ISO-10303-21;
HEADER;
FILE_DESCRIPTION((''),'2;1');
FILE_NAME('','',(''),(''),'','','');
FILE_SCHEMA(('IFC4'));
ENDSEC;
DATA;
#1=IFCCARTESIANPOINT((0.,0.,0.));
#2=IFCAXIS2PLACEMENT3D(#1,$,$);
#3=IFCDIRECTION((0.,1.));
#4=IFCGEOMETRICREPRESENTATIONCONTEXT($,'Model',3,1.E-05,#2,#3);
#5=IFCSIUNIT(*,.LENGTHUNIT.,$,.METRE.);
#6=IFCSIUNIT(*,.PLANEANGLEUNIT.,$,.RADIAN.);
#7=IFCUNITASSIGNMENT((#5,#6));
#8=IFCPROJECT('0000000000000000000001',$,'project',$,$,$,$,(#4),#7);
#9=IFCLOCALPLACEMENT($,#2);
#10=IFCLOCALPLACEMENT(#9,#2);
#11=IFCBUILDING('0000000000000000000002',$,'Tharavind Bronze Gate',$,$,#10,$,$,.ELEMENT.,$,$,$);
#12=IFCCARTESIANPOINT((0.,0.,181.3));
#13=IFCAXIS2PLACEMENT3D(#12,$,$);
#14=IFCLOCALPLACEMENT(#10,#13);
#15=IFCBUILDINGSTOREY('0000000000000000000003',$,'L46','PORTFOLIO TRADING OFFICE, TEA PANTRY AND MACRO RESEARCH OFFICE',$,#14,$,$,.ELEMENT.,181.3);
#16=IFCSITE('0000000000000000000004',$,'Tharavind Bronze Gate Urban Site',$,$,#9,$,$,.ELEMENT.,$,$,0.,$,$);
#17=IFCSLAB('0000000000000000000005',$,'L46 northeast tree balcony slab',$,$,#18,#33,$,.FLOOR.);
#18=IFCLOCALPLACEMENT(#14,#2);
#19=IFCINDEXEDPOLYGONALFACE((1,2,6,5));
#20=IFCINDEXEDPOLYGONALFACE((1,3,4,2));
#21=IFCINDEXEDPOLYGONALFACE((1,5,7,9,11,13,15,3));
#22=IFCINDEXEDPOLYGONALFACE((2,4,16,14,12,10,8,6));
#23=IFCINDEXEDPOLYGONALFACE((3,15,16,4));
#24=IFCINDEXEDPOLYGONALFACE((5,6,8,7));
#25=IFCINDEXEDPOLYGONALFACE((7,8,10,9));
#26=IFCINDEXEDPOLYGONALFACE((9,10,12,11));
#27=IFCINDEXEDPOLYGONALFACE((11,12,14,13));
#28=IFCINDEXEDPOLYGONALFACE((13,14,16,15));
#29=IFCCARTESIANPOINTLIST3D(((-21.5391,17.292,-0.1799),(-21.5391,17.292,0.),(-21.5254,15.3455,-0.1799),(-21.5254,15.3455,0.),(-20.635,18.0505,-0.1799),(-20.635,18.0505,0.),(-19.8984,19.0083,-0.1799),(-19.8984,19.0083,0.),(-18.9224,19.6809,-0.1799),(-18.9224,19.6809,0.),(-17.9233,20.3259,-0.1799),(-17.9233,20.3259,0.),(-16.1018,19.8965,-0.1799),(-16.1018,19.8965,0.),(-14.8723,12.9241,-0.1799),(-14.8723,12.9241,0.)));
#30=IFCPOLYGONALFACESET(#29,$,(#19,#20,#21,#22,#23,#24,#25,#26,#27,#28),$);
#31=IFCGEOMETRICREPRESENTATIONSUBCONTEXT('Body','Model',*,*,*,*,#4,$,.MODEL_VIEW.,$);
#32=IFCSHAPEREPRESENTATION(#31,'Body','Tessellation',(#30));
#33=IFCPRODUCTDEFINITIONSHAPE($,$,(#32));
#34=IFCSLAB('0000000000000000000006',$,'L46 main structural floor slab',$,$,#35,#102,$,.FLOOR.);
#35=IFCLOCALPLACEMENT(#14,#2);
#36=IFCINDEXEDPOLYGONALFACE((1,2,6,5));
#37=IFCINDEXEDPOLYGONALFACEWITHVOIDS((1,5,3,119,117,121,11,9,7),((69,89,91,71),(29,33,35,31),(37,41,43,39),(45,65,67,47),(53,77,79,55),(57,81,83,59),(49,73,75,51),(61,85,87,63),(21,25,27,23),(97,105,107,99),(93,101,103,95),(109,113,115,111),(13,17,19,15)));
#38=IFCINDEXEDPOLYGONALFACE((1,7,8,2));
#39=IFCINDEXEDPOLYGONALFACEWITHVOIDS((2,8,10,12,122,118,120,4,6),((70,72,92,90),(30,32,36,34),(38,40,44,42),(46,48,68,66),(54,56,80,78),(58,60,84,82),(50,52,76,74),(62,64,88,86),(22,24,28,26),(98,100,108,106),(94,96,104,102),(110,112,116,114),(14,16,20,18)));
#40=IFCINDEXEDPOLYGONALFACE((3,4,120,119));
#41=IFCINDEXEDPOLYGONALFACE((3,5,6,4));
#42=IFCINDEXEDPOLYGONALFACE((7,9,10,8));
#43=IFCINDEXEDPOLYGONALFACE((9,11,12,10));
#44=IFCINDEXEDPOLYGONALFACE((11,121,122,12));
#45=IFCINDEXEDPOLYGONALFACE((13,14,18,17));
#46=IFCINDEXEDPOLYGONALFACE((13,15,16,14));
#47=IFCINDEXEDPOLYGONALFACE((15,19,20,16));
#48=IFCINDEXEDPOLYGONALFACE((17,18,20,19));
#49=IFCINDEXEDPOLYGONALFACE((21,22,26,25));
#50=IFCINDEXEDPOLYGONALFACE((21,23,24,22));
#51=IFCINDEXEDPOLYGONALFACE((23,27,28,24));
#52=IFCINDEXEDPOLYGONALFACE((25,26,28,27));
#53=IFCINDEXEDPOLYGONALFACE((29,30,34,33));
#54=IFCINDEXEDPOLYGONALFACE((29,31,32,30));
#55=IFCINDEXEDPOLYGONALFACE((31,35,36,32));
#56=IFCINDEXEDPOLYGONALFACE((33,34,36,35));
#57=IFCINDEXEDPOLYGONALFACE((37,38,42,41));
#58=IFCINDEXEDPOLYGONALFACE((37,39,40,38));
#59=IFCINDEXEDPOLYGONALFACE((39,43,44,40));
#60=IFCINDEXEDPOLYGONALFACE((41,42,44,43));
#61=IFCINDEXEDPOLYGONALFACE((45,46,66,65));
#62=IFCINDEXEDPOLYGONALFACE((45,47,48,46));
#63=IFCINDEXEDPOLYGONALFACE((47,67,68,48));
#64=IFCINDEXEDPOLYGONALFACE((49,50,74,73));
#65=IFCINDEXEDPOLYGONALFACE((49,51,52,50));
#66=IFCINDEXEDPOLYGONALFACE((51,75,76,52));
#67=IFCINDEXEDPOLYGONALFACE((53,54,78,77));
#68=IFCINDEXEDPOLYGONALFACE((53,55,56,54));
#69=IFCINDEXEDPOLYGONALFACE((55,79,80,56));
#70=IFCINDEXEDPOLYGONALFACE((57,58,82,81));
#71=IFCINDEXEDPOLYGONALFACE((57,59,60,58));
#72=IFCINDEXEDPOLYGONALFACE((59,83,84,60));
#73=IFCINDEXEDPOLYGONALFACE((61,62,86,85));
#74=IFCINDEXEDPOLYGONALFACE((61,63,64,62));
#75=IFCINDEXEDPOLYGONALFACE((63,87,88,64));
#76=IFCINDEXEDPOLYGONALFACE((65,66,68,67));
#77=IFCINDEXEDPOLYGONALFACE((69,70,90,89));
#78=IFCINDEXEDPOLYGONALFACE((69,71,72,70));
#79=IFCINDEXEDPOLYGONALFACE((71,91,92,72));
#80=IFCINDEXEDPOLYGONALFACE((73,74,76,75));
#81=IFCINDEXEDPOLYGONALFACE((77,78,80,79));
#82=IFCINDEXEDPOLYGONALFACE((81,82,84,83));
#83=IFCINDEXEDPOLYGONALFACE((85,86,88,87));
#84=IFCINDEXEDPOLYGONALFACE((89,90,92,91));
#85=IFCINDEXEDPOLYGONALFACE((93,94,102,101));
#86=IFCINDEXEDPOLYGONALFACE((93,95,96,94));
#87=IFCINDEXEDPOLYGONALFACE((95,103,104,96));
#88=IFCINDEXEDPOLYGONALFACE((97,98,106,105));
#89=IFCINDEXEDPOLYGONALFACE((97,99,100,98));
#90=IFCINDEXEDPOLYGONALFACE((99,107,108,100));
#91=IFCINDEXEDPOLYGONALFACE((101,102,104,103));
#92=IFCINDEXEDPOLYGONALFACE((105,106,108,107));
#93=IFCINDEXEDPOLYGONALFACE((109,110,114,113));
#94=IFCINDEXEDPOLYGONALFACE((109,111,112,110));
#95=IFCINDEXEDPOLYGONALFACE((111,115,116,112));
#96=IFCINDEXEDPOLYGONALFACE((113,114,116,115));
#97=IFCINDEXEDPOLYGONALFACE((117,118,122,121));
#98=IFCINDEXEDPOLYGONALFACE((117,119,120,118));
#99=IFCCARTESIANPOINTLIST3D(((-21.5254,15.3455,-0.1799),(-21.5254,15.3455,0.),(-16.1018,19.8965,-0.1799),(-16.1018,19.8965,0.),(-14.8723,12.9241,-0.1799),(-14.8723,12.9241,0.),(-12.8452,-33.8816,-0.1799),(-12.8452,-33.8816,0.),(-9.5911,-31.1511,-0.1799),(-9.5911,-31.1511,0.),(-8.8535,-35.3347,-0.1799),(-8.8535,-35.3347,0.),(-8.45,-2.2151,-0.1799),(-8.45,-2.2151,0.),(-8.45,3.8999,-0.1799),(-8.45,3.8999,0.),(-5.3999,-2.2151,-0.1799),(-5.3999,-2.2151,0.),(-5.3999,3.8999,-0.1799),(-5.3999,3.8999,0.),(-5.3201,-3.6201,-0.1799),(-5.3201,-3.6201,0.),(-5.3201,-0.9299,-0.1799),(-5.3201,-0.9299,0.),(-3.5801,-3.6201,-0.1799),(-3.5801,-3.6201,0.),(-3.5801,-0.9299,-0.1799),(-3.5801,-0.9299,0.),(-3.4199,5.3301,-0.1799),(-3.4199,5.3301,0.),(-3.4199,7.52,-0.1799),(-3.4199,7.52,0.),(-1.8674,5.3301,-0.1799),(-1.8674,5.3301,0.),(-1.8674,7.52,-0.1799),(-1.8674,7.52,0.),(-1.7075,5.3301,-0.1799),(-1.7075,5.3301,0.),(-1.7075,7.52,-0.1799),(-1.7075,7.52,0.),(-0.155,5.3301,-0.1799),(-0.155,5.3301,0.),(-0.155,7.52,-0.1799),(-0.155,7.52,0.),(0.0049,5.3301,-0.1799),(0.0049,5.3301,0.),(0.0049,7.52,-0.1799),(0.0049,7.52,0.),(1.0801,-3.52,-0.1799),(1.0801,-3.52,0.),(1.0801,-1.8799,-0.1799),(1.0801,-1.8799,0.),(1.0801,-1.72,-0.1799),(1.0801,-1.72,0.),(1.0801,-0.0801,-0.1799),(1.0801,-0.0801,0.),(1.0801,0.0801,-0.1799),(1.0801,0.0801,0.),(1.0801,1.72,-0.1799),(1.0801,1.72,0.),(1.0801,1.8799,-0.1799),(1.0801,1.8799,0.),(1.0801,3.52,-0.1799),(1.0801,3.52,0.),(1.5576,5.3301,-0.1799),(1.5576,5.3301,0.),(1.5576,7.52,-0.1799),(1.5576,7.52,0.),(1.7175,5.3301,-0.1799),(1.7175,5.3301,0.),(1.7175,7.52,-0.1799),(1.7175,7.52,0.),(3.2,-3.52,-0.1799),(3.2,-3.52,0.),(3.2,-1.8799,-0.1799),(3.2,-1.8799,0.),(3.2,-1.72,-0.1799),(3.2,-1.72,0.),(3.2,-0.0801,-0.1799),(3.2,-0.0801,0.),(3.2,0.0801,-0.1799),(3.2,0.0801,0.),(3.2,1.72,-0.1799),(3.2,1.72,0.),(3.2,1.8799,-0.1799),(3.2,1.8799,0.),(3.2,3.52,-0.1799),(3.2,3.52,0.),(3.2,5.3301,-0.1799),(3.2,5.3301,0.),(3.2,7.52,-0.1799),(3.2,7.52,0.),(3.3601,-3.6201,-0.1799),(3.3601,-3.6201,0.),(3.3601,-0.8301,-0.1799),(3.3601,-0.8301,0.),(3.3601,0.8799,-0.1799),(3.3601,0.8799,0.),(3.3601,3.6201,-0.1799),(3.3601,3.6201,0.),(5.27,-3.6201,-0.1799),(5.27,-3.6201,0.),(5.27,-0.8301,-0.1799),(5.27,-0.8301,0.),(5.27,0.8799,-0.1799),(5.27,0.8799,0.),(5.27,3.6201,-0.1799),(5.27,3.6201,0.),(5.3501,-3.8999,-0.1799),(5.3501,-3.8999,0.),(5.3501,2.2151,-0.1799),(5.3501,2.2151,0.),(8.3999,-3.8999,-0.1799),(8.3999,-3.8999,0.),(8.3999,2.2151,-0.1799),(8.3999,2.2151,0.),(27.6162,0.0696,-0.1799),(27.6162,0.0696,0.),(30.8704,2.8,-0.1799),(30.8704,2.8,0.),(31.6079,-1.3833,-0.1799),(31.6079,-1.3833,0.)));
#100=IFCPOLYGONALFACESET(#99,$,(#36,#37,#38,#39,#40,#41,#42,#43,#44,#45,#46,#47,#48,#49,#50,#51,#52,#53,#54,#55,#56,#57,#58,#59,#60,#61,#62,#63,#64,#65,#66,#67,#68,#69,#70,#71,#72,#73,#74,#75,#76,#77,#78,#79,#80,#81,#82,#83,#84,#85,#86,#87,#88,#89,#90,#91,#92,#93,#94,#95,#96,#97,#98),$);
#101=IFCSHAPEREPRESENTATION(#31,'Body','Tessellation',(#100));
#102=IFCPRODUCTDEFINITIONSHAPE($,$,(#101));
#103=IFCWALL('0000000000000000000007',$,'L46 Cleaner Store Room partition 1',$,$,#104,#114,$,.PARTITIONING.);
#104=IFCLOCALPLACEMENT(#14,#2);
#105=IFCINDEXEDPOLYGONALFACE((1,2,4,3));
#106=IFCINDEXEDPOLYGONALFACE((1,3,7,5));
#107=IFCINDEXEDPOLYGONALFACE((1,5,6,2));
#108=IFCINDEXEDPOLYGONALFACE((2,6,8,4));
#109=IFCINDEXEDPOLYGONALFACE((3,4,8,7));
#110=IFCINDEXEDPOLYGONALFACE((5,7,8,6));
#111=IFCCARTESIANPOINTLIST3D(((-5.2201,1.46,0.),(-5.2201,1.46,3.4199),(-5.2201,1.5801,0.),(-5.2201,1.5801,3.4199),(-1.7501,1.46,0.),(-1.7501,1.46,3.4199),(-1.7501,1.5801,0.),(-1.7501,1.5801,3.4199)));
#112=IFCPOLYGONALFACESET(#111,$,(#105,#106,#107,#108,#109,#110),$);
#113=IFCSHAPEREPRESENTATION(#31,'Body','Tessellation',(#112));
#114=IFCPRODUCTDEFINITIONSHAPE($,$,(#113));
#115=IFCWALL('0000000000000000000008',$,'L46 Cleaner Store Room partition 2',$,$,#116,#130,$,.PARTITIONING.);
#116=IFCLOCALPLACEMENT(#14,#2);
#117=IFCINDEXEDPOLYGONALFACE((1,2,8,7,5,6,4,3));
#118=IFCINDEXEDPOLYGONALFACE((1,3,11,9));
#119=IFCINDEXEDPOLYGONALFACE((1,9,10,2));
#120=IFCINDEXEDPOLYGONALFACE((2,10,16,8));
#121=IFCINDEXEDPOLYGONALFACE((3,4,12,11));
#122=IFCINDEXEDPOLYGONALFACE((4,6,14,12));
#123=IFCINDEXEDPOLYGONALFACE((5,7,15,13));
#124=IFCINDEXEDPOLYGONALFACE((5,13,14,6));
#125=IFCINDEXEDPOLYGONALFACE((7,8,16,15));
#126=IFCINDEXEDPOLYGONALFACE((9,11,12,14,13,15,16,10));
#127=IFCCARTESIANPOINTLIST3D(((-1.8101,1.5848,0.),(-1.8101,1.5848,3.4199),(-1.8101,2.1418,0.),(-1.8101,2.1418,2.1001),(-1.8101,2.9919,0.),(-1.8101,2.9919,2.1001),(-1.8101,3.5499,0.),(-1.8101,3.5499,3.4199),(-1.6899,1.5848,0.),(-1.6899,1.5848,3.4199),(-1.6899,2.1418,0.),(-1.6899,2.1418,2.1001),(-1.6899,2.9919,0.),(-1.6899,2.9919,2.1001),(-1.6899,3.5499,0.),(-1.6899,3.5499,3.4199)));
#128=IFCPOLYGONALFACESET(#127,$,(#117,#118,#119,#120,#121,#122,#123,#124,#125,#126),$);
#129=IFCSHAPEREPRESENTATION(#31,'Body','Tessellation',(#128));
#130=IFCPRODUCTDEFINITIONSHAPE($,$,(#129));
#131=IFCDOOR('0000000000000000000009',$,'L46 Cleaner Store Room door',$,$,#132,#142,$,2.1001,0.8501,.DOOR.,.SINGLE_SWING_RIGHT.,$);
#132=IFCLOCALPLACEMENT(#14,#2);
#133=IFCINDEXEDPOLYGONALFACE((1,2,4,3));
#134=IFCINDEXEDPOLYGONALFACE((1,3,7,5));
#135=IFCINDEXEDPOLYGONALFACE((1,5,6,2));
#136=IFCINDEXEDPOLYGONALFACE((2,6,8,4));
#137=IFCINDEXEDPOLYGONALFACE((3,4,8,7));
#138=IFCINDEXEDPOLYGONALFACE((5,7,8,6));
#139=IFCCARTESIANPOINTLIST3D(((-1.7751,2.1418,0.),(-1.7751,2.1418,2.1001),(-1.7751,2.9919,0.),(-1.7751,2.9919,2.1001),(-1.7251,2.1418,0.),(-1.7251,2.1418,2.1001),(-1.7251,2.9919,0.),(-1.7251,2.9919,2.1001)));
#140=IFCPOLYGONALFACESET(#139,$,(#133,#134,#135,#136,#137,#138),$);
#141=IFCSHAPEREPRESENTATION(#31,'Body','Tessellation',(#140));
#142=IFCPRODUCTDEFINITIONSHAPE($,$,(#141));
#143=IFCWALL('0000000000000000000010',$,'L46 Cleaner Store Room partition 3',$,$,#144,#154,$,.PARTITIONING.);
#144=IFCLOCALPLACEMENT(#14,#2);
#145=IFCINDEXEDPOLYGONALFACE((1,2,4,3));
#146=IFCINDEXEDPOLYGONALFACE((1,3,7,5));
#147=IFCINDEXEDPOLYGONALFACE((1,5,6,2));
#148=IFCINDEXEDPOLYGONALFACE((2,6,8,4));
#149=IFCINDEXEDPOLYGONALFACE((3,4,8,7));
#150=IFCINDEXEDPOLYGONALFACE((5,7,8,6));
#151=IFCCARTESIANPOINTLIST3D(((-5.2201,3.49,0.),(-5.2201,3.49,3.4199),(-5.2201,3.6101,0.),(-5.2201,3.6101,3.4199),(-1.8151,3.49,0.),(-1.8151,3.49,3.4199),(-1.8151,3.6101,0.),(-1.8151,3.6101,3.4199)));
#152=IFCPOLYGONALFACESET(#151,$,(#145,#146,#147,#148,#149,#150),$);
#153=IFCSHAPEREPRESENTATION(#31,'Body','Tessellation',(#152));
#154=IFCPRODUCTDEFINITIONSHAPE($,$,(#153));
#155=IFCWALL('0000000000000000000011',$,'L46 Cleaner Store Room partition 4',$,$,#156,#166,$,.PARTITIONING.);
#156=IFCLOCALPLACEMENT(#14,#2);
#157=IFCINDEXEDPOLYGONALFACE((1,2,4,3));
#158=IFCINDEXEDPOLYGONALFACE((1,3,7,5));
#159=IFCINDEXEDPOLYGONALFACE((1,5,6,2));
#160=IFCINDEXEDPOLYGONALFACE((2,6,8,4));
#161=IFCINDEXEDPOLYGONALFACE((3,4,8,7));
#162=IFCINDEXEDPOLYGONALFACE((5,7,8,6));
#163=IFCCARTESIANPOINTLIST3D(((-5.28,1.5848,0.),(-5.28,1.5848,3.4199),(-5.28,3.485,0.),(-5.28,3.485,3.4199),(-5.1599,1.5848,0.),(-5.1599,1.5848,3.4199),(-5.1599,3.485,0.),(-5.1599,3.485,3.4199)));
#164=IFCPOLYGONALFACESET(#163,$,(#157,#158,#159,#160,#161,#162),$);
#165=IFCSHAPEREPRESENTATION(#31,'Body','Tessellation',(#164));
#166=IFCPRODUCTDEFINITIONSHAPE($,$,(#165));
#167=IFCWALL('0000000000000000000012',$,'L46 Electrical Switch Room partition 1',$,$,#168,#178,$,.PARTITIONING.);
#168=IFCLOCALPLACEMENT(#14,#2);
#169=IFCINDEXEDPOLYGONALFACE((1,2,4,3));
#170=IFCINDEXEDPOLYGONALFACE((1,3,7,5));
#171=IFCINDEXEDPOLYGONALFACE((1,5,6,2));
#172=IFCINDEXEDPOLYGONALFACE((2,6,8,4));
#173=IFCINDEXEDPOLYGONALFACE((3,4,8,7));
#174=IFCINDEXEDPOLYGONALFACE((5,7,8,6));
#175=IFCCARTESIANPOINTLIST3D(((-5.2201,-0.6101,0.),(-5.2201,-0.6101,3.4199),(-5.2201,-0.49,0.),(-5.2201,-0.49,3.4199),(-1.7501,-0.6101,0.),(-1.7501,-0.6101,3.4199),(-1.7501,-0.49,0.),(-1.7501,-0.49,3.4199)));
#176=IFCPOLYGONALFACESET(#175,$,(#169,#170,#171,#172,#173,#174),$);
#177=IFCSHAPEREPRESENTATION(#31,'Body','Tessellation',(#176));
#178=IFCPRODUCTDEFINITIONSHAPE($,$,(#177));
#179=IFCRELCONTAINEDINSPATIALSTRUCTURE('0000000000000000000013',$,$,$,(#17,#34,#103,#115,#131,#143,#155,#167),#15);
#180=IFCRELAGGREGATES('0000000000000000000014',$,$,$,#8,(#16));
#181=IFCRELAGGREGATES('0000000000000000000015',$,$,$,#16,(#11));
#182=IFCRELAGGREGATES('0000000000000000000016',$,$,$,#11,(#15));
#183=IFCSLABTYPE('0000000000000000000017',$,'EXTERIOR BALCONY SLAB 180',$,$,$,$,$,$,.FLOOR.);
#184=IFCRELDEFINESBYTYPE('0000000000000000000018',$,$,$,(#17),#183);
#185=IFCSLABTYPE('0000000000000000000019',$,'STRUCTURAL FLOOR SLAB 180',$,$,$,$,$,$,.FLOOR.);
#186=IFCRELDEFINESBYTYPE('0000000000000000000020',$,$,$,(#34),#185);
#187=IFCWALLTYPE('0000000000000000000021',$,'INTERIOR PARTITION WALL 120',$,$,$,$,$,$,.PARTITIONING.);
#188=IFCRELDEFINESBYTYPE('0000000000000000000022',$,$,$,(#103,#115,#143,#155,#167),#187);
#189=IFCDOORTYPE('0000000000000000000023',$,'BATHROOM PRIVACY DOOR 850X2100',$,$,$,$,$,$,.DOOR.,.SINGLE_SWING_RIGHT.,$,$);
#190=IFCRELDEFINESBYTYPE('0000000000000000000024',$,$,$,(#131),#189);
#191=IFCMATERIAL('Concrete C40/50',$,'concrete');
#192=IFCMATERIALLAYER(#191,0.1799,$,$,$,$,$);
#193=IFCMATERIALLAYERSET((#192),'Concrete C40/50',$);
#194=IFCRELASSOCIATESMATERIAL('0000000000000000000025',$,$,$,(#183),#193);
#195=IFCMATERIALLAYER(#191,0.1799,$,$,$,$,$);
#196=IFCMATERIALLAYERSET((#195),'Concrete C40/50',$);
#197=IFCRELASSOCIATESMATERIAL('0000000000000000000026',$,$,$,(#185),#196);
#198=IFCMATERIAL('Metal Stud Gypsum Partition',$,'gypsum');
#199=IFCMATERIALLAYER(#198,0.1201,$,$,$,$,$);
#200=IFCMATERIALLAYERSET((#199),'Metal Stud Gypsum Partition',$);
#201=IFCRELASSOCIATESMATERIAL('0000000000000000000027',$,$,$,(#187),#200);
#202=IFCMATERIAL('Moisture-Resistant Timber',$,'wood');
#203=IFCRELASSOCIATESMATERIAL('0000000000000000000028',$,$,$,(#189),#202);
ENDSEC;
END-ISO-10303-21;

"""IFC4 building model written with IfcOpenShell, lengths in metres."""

from ifc_helpers import new_model, si_unit, direction, frame, frame_2d, origin, place, context, subcontext, project, spatial, polyline, rectangle, outline, extrude, material, layer, layer_set, type_object, element, fill, save


model = new_model("IFC4")

# Units and contexts
model_context = context("Model", 3, precision=1e-05, world=origin(), true_north=direction((0.0, 1.0)))
body_context = subcontext(model_context, "Body", "Model", "MODEL_VIEW")
ifc_project = project(units=[si_unit("LENGTHUNIT", "METRE"), si_unit("PLANEANGLEUNIT", "RADIAN")], contexts=[model_context])

# Site, building, storey
site_placement = place(None, origin())
site = spatial("IfcSite", under=ifc_project, at=site_placement, Name="Tharavind Bronze Gate Urban Site", CompositionType="ELEMENT", RefElevation=0.0)
building_placement = place(site_placement, origin())
building = spatial("IfcBuilding", under=site, at=building_placement, Name="Tharavind Bronze Gate", CompositionType="ELEMENT")
storey_placement = place(building_placement, frame((0.0, 0.0, 181.3)))
storey = spatial("IfcBuildingStorey", under=building, at=storey_placement, Name="L46", Description="PORTFOLIO TRADING OFFICE, TEA PANTRY AND MACRO RESEARCH OFFICE", CompositionType="ELEMENT", Elevation=181.3)

# Slabs
ifc_material_1 = material(Name="Concrete C40/50", Category="concrete")
ifc_layer_1 = layer(ifc_material_1, 0.1799)
ifc_layer_set_1 = layer_set([ifc_layer_1], Name="Concrete C40/50")
slab_type_1 = type_object("IfcSlabType", Name="EXTERIOR BALCONY SLAB 180", PredefinedType="FLOOR", material=ifc_layer_set_1)
slab_1_placement = place(storey_placement, frame((0.0, 0.0, -0.1799)))
element("IfcSlab", 1, at=slab_1_placement, inside=storey, type_object=slab_type_1, Name="L46 northeast tree balcony slab", PredefinedType="FLOOR", context=body_context, shape_type="SweptSolid", body=[
    extrude(outline(polyline([(-17.9233, 20.3259), (-18.9224, 19.6809), (-19.8984, 19.0083), (-20.635, 18.0505), (-21.5391, 17.292), (-21.5254, 15.3455), (-14.8723, 12.9241), (-16.1018, 19.8965), (-17.9233, 20.3259)])), origin(), (0.0, 0.0, 1.0), 0.1799),
])
ifc_layer_2 = layer(ifc_material_1, 0.1799)
ifc_layer_set_2 = layer_set([ifc_layer_2], Name="Concrete C40/50")
slab_type_2 = type_object("IfcSlabType", Name="STRUCTURAL FLOOR SLAB 180", PredefinedType="FLOOR", material=ifc_layer_set_2)
slab_2_placement = place(storey_placement, frame((0.0, 0.0, -0.1799)))
element("IfcSlab", 2, at=slab_2_placement, inside=storey, type_object=slab_type_2, Name="L46 main structural floor slab", PredefinedType="FLOOR", context=body_context, shape_type="SweptSolid", body=[
    extrude(outline(polyline([(-16.1018, 19.8965), (-14.8723, 12.9241), (-21.5254, 15.3455), (-12.8452, -33.8816), (-9.5911, -31.1511), (-8.8535, -35.3347), (31.6079, -1.3833), (27.6162, 0.0696), (30.8704, 2.8), (-16.1018, 19.8965)]), holes=[polyline([(-5.3999, -2.2151), (-5.3999, 3.8999), (-8.45, 3.8999), (-8.45, -2.2151), (-5.3999, -2.2151)]), polyline([(5.3501, 2.2151), (5.3501, -3.8999), (8.3999, -3.8999), (8.3999, 2.2151), (5.3501, 2.2151)]), polyline([(-3.4199, 5.3301), (-1.8674, 5.3301), (-1.8674, 7.52), (-3.4199, 7.52), (-3.4199, 5.3301)]), polyline([(-1.7075, 5.3301), (-0.155, 5.3301), (-0.155, 7.52), (-1.7075, 7.52), (-1.7075, 5.3301)]), polyline([(0.0049, 5.3301), (1.5576, 5.3301), (1.5576, 7.52), (0.0049, 7.52), (0.0049, 5.3301)]), polyline([(1.7175, 5.3301), (3.2, 5.3301), (3.2, 7.52), (1.7175, 7.52), (1.7175, 5.3301)]), polyline([(1.0801, -3.52), (3.2, -3.52), (3.2, -1.8799), (1.0801, -1.8799), (1.0801, -3.52)]), polyline([(1.0801, -1.72), (3.2, -1.72), (3.2, -0.0801), (1.0801, -0.0801), (1.0801, -1.72)]), polyline([(1.0801, 0.0801), (3.2, 0.0801), (3.2, 1.72), (1.0801, 1.72), (1.0801, 0.0801)]), polyline([(1.0801, 1.8799), (3.2, 1.8799), (3.2, 3.52), (1.0801, 3.52), (1.0801, 1.8799)]), polyline([(-5.3201, -3.6201), (-3.5801, -3.6201), (-3.5801, -0.9299), (-5.3201, -0.9299), (-5.3201, -3.6201)]), polyline([(3.3601, 0.8799), (5.27, 0.8799), (5.27, 3.6201), (3.3601, 3.6201), (3.3601, 0.8799)]), polyline([(3.3601, -3.6201), (5.27, -3.6201), (5.27, -0.8301), (3.3601, -0.8301), (3.3601, -3.6201)])]), origin(), (0.0, 0.0, 1.0), 0.1799),
])

# Wall
ifc_material_2 = material(Name="Metal Stud Gypsum Partition", Category="gypsum")
ifc_layer_3 = layer(ifc_material_2, 0.1201)
ifc_layer_set_3 = layer_set([ifc_layer_3], Name="Metal Stud Gypsum Partition")
wall_type_1 = type_object("IfcWallType", Name="INTERIOR PARTITION WALL 120", PredefinedType="PARTITIONING", material=ifc_layer_set_3)
wall_1_placement = place(storey_placement, frame((-5.22, 1.52, 0.0), z_axis=(0.0, 0.0, 1.0), x_axis=(1.0, 0.0, 0.0)))
element("IfcWall", 3, at=wall_1_placement, inside=storey, type_object=wall_type_1, Name="L46 Cleaner Store Room partition 1", PredefinedType="PARTITIONING", context=body_context, shape_type="SweptSolid", body=[
    extrude(rectangle(XDim=3.47, YDim=0.1201, at=frame_2d((1.7349, 0.0))), origin(), (0.0, 0.0, 1.0), 3.4199),
])

# Wall, opening, door
wall_2_placement = place(storey_placement, frame((-1.75, 1.585, 0.0), z_axis=(0.0, 0.0, 1.0), x_axis=(0.0, 1.0, 0.0)))
wall_2 = element("IfcWall", 4, at=wall_2_placement, inside=storey, type_object=wall_type_1, Name="L46 Cleaner Store Room partition 2", PredefinedType="PARTITIONING", context=body_context, shape_type="SweptSolid", body=[
    extrude(rectangle(XDim=1.9651, YDim=0.1201, at=frame_2d((0.9824, 0.0))), origin(), (0.0, 0.0, 1.0), 3.4199),
])
opening_1_placement = place(wall_2_placement, frame((0.5569, 0.0, 0.0)))
opening_1 = element("IfcOpeningElement", 5, at=opening_1_placement, cuts=wall_2, PredefinedType="OPENING", context=body_context, shape_type="SweptSolid", body=[
    extrude(rectangle(XDim=0.8501, YDim=2.1001, at=frame_2d((0.425, 1.05))), frame((0.0, 0.0701, 0.0), z_axis=(0.0, -1.0, 0.0), x_axis=(1.0, 0.0, 0.0)), (0.0, 0.0, 1.0), 0.1401),
])
ifc_material_3 = material(Name="Moisture-Resistant Timber", Category="wood")
door_type_1 = type_object("IfcDoorType", Name="BATHROOM PRIVACY DOOR 850X2100", OperationType="SINGLE_SWING_RIGHT", PredefinedType="DOOR", material=ifc_material_3)
door_1_placement = place(opening_1_placement, frame((0.8501, 0.0, 0.0), z_axis=(0.0, 0.0, 1.0), x_axis=(-1.0, 0.0, 0.0)))
door_1 = element("IfcDoor", 6, at=door_1_placement, inside=storey, type_object=door_type_1, Name="L46 Cleaner Store Room door", OperationType="SINGLE_SWING_RIGHT", OverallHeight=2.1001, OverallWidth=0.8501, PredefinedType="DOOR", context=body_context, shape_type="SweptSolid", body=[
    extrude(rectangle(XDim=0.8501, YDim=2.1001, at=frame_2d((0.425, 1.05))), frame((0.0, 0.0249, 0.0), z_axis=(0.0, -1.0, 0.0), x_axis=(1.0, 0.0, 0.0)), (0.0, 0.0, 1.0), 0.05),
])
fill(opening_1, door_1)

# Walls
wall_3_placement = place(storey_placement, frame((-1.8149, 3.55, 0.0), z_axis=(0.0, 0.0, 1.0), x_axis=(-1.0, 0.0, 0.0)))
element("IfcWall", 7, at=wall_3_placement, inside=storey, type_object=wall_type_1, Name="L46 Cleaner Store Room partition 3", PredefinedType="PARTITIONING", context=body_context, shape_type="SweptSolid", body=[
    extrude(rectangle(XDim=3.405, YDim=0.1201, at=frame_2d((1.7026, 0.0))), origin(), (0.0, 0.0, 1.0), 3.4199),
])
wall_4_placement = place(storey_placement, frame((-5.22, 3.4851, 0.0), z_axis=(0.0, 0.0, 1.0), x_axis=(0.0, -1.0, 0.0)))
element("IfcWall", 8, at=wall_4_placement, inside=storey, type_object=wall_type_1, Name="L46 Cleaner Store Room partition 4", PredefinedType="PARTITIONING", context=body_context, shape_type="SweptSolid", body=[
    extrude(rectangle(XDim=1.9001, YDim=0.1201, at=frame_2d((0.9502, 0.0))), origin(), (0.0, 0.0, 1.0), 3.4199),
])
wall_5_placement = place(storey_placement, frame((-5.22, -0.55, 0.0), z_axis=(0.0, 0.0, 1.0), x_axis=(1.0, 0.0, 0.0)))
element("IfcWall", 9, at=wall_5_placement, inside=storey, type_object=wall_type_1, Name="L46 Electrical Switch Room partition 1", PredefinedType="PARTITIONING", context=body_context, shape_type="SweptSolid", body=[
    extrude(rectangle(XDim=3.47, YDim=0.1201, at=frame_2d((1.7349, 0.0))), origin(), (0.0, 0.0, 1.0), 3.4199),
])

save(model, "model.ifc")
